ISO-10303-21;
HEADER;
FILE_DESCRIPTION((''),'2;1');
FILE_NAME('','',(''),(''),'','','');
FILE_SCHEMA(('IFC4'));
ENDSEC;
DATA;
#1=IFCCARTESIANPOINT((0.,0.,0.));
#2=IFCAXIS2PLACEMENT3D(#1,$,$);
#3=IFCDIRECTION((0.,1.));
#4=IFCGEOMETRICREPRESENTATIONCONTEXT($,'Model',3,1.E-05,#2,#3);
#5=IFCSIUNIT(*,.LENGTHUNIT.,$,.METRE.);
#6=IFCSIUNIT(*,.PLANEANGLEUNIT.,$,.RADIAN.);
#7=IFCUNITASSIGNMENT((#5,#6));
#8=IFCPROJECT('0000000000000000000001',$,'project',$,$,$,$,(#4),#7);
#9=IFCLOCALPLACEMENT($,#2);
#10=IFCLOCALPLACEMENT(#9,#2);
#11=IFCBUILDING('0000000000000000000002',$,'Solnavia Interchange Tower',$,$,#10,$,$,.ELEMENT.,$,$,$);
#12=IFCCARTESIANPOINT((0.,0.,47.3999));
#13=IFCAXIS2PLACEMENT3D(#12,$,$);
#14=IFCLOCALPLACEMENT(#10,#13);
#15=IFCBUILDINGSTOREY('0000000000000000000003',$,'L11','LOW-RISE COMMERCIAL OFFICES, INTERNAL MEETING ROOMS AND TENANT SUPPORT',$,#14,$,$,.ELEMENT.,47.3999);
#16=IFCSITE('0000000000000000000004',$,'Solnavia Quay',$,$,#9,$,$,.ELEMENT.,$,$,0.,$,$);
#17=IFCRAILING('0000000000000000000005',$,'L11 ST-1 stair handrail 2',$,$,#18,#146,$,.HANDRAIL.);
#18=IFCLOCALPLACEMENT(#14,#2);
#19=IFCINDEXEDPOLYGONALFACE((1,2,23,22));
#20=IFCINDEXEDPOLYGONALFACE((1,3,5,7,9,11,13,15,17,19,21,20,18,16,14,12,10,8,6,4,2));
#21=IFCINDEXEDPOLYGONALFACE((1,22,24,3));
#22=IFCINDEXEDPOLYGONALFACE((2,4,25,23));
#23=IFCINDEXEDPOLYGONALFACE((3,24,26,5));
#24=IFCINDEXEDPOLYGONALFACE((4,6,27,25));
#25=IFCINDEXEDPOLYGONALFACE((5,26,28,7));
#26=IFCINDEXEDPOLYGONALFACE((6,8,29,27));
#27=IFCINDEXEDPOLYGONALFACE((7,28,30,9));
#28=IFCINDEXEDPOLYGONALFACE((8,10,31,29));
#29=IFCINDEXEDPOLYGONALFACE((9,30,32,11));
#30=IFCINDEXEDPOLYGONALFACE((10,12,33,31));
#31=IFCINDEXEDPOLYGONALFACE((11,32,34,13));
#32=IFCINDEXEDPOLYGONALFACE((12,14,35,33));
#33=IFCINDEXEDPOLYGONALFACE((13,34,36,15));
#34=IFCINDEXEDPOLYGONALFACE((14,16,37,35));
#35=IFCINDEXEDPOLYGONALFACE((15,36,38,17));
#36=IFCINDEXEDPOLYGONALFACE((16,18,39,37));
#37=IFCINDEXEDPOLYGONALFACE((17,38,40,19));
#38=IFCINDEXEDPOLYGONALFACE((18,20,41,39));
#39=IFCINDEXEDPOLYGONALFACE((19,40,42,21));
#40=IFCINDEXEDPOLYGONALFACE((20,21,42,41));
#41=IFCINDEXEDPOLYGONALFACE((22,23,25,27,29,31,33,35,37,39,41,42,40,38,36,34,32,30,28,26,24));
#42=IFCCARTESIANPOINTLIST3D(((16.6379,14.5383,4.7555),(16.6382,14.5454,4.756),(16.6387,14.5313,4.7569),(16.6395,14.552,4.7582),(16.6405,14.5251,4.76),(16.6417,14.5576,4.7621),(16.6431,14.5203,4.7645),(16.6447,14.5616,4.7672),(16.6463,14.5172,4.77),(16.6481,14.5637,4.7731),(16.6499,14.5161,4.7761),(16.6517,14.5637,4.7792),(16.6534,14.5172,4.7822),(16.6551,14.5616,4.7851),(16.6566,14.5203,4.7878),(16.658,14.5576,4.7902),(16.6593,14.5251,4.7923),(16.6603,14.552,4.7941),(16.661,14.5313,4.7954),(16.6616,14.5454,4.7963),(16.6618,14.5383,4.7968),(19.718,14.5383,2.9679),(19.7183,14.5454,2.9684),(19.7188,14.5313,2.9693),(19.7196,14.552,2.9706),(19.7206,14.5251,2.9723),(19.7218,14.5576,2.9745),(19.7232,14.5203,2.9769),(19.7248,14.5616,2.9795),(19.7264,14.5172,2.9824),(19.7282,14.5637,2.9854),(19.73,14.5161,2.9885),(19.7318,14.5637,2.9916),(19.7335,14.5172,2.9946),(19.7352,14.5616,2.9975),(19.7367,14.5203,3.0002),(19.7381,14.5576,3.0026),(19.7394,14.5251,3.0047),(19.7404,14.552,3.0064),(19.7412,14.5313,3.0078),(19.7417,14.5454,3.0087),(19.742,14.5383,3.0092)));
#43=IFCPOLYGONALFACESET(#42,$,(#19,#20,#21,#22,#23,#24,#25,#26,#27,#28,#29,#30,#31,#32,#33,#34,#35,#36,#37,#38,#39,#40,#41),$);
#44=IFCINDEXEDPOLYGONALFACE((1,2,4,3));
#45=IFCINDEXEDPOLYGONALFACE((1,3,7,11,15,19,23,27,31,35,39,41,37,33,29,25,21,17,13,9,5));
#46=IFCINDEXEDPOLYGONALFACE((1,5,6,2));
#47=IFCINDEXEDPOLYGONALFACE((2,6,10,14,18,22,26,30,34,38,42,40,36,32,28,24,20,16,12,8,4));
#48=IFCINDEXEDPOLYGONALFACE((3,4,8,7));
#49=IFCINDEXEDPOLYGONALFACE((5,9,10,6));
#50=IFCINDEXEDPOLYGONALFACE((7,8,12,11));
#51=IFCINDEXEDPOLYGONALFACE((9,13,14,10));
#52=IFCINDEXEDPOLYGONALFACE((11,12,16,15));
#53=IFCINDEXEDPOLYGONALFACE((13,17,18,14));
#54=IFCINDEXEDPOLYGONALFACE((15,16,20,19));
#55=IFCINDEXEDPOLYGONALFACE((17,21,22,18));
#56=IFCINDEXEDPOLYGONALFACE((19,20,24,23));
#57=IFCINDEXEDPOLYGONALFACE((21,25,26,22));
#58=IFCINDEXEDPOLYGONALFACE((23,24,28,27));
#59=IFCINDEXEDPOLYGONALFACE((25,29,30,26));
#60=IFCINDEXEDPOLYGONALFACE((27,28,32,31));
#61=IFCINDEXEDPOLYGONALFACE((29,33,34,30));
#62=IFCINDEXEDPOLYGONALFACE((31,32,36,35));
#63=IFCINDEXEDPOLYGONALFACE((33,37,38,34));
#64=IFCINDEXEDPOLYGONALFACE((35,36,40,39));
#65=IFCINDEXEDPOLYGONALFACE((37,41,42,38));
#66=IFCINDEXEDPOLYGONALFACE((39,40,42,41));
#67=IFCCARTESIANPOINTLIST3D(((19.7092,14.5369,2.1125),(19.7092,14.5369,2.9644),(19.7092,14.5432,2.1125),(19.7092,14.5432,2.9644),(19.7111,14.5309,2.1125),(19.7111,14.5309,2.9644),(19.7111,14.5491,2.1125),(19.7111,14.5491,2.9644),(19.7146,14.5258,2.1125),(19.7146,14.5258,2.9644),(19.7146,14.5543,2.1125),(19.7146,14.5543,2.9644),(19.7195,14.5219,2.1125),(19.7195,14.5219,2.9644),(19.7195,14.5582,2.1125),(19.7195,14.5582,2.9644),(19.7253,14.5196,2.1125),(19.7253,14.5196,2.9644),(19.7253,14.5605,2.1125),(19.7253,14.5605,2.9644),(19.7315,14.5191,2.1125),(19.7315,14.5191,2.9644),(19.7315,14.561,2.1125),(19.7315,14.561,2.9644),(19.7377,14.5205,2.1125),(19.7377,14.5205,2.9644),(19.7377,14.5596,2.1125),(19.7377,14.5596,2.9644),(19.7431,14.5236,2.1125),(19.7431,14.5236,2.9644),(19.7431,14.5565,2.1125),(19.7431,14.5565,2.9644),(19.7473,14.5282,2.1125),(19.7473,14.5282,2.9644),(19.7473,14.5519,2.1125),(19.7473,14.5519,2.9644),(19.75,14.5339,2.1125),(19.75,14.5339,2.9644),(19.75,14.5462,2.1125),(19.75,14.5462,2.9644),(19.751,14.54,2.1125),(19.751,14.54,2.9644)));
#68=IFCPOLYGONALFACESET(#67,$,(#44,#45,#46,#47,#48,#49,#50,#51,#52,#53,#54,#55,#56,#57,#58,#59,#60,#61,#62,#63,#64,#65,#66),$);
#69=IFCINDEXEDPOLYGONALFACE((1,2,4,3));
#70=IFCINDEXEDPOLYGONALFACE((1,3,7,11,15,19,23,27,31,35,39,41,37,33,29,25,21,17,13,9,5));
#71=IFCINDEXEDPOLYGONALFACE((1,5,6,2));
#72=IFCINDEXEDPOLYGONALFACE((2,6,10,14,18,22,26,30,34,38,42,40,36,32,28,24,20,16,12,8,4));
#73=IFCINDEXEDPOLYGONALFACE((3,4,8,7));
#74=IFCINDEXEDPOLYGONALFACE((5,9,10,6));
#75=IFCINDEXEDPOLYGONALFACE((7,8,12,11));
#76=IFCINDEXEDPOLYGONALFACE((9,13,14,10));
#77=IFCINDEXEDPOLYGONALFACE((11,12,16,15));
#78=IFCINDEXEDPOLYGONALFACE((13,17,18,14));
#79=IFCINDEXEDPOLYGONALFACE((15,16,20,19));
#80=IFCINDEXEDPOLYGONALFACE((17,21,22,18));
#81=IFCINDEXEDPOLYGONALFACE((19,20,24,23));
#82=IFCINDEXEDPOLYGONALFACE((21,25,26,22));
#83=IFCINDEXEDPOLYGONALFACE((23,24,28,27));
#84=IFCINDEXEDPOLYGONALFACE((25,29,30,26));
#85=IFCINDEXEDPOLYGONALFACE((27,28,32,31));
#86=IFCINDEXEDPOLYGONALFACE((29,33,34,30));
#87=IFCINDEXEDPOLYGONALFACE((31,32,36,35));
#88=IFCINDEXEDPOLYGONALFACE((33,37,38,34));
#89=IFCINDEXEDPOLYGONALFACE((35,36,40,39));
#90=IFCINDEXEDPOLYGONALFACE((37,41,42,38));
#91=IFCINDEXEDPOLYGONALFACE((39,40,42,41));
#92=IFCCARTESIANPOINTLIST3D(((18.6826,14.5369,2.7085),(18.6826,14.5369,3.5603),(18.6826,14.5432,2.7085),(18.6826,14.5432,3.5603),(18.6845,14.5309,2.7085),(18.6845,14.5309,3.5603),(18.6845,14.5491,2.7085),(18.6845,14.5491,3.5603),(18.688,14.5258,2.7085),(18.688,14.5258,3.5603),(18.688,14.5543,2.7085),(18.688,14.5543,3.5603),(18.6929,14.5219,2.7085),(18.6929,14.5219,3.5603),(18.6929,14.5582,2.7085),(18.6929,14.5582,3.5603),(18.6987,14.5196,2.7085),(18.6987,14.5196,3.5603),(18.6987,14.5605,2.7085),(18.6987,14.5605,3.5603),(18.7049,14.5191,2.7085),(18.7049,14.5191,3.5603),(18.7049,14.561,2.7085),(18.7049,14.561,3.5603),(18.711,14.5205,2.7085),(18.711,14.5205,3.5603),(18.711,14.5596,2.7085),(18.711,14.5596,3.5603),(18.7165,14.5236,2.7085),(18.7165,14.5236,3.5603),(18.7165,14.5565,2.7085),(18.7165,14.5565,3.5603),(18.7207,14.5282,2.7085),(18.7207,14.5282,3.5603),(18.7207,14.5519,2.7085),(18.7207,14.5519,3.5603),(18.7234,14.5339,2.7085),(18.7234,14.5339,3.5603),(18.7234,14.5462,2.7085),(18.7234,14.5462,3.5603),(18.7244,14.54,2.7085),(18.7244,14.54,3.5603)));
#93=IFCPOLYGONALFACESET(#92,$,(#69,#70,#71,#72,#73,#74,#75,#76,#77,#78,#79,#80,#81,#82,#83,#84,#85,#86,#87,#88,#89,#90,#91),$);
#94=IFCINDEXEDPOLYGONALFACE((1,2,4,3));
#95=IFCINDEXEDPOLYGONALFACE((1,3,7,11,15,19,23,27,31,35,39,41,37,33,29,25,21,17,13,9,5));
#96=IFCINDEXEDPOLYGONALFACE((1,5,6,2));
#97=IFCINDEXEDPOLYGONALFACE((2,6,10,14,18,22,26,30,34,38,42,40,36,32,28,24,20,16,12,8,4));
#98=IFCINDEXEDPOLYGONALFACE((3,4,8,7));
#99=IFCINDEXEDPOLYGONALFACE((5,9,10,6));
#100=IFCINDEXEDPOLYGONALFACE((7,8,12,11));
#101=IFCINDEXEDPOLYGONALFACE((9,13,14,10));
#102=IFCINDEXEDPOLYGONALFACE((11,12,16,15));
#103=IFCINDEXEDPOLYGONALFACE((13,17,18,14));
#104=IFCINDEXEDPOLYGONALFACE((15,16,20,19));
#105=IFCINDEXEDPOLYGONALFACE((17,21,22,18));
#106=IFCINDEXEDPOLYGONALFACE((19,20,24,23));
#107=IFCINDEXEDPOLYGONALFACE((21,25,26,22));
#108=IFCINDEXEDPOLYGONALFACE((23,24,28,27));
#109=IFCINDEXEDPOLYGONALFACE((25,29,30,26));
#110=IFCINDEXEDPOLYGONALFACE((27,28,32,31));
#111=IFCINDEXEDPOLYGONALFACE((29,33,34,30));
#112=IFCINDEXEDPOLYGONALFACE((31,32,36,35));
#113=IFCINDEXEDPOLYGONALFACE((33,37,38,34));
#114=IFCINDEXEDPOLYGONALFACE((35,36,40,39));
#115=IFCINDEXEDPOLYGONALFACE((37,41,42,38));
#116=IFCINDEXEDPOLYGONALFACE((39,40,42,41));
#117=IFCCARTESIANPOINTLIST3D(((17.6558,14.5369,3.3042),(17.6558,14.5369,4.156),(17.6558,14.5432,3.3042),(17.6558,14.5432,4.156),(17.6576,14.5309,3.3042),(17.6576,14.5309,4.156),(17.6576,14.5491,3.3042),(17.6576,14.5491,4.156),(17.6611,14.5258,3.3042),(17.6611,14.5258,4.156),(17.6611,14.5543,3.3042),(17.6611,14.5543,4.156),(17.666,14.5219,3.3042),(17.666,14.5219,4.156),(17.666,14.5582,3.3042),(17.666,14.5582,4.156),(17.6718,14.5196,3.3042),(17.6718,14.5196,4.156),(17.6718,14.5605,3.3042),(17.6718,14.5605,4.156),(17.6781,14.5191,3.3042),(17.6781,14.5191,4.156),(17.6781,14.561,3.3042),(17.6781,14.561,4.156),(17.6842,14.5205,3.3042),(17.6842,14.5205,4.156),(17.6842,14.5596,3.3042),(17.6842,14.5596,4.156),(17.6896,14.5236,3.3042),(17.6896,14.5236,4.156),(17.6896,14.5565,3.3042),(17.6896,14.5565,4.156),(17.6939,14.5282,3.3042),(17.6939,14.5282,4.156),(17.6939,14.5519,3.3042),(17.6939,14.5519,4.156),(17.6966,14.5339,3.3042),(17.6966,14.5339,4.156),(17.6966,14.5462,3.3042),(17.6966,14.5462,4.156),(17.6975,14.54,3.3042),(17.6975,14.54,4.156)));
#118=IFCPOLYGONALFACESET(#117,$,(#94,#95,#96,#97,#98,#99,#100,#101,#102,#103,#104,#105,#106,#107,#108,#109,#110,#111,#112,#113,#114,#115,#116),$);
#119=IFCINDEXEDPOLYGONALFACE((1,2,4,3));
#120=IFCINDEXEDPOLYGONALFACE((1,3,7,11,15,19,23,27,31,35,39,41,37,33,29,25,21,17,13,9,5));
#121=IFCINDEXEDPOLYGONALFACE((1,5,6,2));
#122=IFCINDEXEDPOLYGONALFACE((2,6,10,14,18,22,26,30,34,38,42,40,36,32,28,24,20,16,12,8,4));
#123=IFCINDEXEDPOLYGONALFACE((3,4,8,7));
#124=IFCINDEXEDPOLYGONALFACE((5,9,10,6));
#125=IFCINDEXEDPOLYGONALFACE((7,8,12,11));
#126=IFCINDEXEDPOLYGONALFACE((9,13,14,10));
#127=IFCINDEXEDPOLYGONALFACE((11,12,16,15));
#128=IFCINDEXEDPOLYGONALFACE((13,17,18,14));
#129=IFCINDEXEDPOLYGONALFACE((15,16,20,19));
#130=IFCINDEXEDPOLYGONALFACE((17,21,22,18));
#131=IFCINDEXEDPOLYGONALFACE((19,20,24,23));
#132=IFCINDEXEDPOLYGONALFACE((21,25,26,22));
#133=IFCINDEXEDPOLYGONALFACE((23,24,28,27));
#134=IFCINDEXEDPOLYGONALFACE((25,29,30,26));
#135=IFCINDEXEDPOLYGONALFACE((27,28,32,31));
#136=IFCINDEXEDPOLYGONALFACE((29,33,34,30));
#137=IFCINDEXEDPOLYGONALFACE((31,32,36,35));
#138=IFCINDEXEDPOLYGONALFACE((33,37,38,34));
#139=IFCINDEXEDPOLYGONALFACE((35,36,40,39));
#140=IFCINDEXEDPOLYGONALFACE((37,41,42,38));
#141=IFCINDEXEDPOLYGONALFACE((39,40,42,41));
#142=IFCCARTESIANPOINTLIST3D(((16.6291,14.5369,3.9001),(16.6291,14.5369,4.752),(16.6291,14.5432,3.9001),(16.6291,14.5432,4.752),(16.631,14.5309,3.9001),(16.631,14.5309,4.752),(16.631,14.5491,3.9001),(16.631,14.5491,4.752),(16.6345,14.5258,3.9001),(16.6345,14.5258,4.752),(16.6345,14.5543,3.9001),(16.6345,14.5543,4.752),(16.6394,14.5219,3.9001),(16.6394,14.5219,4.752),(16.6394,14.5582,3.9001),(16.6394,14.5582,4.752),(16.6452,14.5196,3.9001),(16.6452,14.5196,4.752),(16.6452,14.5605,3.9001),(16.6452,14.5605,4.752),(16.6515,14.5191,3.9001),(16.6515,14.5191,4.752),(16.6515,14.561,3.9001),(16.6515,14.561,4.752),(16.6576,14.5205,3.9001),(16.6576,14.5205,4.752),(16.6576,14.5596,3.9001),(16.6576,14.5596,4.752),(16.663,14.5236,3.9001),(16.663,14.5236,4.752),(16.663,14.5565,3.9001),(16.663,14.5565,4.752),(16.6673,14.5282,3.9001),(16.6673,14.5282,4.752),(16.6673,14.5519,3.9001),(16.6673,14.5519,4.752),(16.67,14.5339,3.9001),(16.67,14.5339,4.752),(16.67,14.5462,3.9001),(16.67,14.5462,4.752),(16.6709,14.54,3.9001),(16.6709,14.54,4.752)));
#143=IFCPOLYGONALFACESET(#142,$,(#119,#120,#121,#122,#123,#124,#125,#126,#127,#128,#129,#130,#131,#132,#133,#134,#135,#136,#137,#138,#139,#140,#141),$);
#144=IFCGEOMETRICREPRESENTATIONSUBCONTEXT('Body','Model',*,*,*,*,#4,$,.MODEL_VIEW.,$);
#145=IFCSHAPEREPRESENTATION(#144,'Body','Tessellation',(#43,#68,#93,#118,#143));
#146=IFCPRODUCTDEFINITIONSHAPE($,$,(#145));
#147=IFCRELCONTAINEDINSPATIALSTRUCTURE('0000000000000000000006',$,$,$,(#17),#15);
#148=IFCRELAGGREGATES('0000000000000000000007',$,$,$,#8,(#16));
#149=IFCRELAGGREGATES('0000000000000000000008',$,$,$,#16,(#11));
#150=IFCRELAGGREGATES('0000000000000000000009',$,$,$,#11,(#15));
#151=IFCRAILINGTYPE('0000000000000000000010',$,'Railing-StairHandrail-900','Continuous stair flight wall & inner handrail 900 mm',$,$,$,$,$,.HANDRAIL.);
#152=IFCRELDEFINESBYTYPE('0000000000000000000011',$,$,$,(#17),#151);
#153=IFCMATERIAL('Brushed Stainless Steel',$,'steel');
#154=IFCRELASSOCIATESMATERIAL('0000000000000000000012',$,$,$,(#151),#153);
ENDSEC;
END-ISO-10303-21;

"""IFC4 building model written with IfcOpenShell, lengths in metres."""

from ifc_helpers import new_model, si_unit, direction, frame, origin, origin_2d, place, context, subcontext, project, spatial, circle, extrude, material, type_object, element, save


model = new_model("IFC4")

# Units and contexts
model_context = context("Model", 3, precision=1e-05, world=origin(), true_north=direction((0.0, 1.0)))
body_context = subcontext(model_context, "Body", "Model", "MODEL_VIEW")
ifc_project = project(units=[si_unit("LENGTHUNIT", "METRE"), si_unit("PLANEANGLEUNIT", "RADIAN")], contexts=[model_context])

# Site, building, storey
site_placement = place(None, origin())
site = spatial("IfcSite", under=ifc_project, at=site_placement, Name="Solnavia Quay", CompositionType="ELEMENT", RefElevation=0.0)
building_placement = place(site_placement, origin())
building = spatial("IfcBuilding", under=site, at=building_placement, Name="Solnavia Interchange Tower", CompositionType="ELEMENT")
storey_placement = place(building_placement, frame((0.0, 0.0, 47.3999)))
storey = spatial("IfcBuildingStorey", under=building, at=storey_placement, Name="L11", Description="LOW-RISE COMMERCIAL OFFICES, INTERNAL MEETING ROOMS AND TENANT SUPPORT", CompositionType="ELEMENT", Elevation=47.3999)

# Railing
ifc_material_1 = material(Name="Brushed Stainless Steel", Category="steel")
railing_type_1 = type_object("IfcRailingType", Name="Railing-StairHandrail-900", Description="Continuous stair flight wall & inner handrail 900 mm", PredefinedType="HANDRAIL", material=ifc_material_1)
railing_1_placement = place(storey_placement, frame((19.73, 14.54, 2.1125)))
element("IfcRailing", 1, at=railing_1_placement, inside=storey, type_object=railing_type_1, Name="L11 ST-1 stair handrail 2", PredefinedType="HANDRAIL", context=body_context, shape_type="SweptSolid", body=[
    extrude(circle(Radius=0.0239, at=origin_2d()), frame((0.0, 0.0, 0.876), z_axis=(-0.864891, 0.0, 0.50196), x_axis=(0.0, -1.0, 0.0)), (0.0, 0.0, 1.0), 3.5613),
    extrude(circle(Radius=0.021, at=origin_2d()), origin(), (0.0, 0.0, 1.0), 0.8518),
    extrude(circle(Radius=0.021, at=origin_2d()), frame((-1.0266, 0.0, 0.5959)), (0.0, 0.0, 1.0), 0.8518),
    extrude(circle(Radius=0.021, at=origin_2d()), frame((-2.0535, 0.0, 1.1917)), (0.0, 0.0, 1.0), 0.8518),
    extrude(circle(Radius=0.021, at=origin_2d()), frame((-3.0801, 0.0, 1.7876)), (0.0, 0.0, 1.0), 0.8518),
])

save(model, "model.ifc")
